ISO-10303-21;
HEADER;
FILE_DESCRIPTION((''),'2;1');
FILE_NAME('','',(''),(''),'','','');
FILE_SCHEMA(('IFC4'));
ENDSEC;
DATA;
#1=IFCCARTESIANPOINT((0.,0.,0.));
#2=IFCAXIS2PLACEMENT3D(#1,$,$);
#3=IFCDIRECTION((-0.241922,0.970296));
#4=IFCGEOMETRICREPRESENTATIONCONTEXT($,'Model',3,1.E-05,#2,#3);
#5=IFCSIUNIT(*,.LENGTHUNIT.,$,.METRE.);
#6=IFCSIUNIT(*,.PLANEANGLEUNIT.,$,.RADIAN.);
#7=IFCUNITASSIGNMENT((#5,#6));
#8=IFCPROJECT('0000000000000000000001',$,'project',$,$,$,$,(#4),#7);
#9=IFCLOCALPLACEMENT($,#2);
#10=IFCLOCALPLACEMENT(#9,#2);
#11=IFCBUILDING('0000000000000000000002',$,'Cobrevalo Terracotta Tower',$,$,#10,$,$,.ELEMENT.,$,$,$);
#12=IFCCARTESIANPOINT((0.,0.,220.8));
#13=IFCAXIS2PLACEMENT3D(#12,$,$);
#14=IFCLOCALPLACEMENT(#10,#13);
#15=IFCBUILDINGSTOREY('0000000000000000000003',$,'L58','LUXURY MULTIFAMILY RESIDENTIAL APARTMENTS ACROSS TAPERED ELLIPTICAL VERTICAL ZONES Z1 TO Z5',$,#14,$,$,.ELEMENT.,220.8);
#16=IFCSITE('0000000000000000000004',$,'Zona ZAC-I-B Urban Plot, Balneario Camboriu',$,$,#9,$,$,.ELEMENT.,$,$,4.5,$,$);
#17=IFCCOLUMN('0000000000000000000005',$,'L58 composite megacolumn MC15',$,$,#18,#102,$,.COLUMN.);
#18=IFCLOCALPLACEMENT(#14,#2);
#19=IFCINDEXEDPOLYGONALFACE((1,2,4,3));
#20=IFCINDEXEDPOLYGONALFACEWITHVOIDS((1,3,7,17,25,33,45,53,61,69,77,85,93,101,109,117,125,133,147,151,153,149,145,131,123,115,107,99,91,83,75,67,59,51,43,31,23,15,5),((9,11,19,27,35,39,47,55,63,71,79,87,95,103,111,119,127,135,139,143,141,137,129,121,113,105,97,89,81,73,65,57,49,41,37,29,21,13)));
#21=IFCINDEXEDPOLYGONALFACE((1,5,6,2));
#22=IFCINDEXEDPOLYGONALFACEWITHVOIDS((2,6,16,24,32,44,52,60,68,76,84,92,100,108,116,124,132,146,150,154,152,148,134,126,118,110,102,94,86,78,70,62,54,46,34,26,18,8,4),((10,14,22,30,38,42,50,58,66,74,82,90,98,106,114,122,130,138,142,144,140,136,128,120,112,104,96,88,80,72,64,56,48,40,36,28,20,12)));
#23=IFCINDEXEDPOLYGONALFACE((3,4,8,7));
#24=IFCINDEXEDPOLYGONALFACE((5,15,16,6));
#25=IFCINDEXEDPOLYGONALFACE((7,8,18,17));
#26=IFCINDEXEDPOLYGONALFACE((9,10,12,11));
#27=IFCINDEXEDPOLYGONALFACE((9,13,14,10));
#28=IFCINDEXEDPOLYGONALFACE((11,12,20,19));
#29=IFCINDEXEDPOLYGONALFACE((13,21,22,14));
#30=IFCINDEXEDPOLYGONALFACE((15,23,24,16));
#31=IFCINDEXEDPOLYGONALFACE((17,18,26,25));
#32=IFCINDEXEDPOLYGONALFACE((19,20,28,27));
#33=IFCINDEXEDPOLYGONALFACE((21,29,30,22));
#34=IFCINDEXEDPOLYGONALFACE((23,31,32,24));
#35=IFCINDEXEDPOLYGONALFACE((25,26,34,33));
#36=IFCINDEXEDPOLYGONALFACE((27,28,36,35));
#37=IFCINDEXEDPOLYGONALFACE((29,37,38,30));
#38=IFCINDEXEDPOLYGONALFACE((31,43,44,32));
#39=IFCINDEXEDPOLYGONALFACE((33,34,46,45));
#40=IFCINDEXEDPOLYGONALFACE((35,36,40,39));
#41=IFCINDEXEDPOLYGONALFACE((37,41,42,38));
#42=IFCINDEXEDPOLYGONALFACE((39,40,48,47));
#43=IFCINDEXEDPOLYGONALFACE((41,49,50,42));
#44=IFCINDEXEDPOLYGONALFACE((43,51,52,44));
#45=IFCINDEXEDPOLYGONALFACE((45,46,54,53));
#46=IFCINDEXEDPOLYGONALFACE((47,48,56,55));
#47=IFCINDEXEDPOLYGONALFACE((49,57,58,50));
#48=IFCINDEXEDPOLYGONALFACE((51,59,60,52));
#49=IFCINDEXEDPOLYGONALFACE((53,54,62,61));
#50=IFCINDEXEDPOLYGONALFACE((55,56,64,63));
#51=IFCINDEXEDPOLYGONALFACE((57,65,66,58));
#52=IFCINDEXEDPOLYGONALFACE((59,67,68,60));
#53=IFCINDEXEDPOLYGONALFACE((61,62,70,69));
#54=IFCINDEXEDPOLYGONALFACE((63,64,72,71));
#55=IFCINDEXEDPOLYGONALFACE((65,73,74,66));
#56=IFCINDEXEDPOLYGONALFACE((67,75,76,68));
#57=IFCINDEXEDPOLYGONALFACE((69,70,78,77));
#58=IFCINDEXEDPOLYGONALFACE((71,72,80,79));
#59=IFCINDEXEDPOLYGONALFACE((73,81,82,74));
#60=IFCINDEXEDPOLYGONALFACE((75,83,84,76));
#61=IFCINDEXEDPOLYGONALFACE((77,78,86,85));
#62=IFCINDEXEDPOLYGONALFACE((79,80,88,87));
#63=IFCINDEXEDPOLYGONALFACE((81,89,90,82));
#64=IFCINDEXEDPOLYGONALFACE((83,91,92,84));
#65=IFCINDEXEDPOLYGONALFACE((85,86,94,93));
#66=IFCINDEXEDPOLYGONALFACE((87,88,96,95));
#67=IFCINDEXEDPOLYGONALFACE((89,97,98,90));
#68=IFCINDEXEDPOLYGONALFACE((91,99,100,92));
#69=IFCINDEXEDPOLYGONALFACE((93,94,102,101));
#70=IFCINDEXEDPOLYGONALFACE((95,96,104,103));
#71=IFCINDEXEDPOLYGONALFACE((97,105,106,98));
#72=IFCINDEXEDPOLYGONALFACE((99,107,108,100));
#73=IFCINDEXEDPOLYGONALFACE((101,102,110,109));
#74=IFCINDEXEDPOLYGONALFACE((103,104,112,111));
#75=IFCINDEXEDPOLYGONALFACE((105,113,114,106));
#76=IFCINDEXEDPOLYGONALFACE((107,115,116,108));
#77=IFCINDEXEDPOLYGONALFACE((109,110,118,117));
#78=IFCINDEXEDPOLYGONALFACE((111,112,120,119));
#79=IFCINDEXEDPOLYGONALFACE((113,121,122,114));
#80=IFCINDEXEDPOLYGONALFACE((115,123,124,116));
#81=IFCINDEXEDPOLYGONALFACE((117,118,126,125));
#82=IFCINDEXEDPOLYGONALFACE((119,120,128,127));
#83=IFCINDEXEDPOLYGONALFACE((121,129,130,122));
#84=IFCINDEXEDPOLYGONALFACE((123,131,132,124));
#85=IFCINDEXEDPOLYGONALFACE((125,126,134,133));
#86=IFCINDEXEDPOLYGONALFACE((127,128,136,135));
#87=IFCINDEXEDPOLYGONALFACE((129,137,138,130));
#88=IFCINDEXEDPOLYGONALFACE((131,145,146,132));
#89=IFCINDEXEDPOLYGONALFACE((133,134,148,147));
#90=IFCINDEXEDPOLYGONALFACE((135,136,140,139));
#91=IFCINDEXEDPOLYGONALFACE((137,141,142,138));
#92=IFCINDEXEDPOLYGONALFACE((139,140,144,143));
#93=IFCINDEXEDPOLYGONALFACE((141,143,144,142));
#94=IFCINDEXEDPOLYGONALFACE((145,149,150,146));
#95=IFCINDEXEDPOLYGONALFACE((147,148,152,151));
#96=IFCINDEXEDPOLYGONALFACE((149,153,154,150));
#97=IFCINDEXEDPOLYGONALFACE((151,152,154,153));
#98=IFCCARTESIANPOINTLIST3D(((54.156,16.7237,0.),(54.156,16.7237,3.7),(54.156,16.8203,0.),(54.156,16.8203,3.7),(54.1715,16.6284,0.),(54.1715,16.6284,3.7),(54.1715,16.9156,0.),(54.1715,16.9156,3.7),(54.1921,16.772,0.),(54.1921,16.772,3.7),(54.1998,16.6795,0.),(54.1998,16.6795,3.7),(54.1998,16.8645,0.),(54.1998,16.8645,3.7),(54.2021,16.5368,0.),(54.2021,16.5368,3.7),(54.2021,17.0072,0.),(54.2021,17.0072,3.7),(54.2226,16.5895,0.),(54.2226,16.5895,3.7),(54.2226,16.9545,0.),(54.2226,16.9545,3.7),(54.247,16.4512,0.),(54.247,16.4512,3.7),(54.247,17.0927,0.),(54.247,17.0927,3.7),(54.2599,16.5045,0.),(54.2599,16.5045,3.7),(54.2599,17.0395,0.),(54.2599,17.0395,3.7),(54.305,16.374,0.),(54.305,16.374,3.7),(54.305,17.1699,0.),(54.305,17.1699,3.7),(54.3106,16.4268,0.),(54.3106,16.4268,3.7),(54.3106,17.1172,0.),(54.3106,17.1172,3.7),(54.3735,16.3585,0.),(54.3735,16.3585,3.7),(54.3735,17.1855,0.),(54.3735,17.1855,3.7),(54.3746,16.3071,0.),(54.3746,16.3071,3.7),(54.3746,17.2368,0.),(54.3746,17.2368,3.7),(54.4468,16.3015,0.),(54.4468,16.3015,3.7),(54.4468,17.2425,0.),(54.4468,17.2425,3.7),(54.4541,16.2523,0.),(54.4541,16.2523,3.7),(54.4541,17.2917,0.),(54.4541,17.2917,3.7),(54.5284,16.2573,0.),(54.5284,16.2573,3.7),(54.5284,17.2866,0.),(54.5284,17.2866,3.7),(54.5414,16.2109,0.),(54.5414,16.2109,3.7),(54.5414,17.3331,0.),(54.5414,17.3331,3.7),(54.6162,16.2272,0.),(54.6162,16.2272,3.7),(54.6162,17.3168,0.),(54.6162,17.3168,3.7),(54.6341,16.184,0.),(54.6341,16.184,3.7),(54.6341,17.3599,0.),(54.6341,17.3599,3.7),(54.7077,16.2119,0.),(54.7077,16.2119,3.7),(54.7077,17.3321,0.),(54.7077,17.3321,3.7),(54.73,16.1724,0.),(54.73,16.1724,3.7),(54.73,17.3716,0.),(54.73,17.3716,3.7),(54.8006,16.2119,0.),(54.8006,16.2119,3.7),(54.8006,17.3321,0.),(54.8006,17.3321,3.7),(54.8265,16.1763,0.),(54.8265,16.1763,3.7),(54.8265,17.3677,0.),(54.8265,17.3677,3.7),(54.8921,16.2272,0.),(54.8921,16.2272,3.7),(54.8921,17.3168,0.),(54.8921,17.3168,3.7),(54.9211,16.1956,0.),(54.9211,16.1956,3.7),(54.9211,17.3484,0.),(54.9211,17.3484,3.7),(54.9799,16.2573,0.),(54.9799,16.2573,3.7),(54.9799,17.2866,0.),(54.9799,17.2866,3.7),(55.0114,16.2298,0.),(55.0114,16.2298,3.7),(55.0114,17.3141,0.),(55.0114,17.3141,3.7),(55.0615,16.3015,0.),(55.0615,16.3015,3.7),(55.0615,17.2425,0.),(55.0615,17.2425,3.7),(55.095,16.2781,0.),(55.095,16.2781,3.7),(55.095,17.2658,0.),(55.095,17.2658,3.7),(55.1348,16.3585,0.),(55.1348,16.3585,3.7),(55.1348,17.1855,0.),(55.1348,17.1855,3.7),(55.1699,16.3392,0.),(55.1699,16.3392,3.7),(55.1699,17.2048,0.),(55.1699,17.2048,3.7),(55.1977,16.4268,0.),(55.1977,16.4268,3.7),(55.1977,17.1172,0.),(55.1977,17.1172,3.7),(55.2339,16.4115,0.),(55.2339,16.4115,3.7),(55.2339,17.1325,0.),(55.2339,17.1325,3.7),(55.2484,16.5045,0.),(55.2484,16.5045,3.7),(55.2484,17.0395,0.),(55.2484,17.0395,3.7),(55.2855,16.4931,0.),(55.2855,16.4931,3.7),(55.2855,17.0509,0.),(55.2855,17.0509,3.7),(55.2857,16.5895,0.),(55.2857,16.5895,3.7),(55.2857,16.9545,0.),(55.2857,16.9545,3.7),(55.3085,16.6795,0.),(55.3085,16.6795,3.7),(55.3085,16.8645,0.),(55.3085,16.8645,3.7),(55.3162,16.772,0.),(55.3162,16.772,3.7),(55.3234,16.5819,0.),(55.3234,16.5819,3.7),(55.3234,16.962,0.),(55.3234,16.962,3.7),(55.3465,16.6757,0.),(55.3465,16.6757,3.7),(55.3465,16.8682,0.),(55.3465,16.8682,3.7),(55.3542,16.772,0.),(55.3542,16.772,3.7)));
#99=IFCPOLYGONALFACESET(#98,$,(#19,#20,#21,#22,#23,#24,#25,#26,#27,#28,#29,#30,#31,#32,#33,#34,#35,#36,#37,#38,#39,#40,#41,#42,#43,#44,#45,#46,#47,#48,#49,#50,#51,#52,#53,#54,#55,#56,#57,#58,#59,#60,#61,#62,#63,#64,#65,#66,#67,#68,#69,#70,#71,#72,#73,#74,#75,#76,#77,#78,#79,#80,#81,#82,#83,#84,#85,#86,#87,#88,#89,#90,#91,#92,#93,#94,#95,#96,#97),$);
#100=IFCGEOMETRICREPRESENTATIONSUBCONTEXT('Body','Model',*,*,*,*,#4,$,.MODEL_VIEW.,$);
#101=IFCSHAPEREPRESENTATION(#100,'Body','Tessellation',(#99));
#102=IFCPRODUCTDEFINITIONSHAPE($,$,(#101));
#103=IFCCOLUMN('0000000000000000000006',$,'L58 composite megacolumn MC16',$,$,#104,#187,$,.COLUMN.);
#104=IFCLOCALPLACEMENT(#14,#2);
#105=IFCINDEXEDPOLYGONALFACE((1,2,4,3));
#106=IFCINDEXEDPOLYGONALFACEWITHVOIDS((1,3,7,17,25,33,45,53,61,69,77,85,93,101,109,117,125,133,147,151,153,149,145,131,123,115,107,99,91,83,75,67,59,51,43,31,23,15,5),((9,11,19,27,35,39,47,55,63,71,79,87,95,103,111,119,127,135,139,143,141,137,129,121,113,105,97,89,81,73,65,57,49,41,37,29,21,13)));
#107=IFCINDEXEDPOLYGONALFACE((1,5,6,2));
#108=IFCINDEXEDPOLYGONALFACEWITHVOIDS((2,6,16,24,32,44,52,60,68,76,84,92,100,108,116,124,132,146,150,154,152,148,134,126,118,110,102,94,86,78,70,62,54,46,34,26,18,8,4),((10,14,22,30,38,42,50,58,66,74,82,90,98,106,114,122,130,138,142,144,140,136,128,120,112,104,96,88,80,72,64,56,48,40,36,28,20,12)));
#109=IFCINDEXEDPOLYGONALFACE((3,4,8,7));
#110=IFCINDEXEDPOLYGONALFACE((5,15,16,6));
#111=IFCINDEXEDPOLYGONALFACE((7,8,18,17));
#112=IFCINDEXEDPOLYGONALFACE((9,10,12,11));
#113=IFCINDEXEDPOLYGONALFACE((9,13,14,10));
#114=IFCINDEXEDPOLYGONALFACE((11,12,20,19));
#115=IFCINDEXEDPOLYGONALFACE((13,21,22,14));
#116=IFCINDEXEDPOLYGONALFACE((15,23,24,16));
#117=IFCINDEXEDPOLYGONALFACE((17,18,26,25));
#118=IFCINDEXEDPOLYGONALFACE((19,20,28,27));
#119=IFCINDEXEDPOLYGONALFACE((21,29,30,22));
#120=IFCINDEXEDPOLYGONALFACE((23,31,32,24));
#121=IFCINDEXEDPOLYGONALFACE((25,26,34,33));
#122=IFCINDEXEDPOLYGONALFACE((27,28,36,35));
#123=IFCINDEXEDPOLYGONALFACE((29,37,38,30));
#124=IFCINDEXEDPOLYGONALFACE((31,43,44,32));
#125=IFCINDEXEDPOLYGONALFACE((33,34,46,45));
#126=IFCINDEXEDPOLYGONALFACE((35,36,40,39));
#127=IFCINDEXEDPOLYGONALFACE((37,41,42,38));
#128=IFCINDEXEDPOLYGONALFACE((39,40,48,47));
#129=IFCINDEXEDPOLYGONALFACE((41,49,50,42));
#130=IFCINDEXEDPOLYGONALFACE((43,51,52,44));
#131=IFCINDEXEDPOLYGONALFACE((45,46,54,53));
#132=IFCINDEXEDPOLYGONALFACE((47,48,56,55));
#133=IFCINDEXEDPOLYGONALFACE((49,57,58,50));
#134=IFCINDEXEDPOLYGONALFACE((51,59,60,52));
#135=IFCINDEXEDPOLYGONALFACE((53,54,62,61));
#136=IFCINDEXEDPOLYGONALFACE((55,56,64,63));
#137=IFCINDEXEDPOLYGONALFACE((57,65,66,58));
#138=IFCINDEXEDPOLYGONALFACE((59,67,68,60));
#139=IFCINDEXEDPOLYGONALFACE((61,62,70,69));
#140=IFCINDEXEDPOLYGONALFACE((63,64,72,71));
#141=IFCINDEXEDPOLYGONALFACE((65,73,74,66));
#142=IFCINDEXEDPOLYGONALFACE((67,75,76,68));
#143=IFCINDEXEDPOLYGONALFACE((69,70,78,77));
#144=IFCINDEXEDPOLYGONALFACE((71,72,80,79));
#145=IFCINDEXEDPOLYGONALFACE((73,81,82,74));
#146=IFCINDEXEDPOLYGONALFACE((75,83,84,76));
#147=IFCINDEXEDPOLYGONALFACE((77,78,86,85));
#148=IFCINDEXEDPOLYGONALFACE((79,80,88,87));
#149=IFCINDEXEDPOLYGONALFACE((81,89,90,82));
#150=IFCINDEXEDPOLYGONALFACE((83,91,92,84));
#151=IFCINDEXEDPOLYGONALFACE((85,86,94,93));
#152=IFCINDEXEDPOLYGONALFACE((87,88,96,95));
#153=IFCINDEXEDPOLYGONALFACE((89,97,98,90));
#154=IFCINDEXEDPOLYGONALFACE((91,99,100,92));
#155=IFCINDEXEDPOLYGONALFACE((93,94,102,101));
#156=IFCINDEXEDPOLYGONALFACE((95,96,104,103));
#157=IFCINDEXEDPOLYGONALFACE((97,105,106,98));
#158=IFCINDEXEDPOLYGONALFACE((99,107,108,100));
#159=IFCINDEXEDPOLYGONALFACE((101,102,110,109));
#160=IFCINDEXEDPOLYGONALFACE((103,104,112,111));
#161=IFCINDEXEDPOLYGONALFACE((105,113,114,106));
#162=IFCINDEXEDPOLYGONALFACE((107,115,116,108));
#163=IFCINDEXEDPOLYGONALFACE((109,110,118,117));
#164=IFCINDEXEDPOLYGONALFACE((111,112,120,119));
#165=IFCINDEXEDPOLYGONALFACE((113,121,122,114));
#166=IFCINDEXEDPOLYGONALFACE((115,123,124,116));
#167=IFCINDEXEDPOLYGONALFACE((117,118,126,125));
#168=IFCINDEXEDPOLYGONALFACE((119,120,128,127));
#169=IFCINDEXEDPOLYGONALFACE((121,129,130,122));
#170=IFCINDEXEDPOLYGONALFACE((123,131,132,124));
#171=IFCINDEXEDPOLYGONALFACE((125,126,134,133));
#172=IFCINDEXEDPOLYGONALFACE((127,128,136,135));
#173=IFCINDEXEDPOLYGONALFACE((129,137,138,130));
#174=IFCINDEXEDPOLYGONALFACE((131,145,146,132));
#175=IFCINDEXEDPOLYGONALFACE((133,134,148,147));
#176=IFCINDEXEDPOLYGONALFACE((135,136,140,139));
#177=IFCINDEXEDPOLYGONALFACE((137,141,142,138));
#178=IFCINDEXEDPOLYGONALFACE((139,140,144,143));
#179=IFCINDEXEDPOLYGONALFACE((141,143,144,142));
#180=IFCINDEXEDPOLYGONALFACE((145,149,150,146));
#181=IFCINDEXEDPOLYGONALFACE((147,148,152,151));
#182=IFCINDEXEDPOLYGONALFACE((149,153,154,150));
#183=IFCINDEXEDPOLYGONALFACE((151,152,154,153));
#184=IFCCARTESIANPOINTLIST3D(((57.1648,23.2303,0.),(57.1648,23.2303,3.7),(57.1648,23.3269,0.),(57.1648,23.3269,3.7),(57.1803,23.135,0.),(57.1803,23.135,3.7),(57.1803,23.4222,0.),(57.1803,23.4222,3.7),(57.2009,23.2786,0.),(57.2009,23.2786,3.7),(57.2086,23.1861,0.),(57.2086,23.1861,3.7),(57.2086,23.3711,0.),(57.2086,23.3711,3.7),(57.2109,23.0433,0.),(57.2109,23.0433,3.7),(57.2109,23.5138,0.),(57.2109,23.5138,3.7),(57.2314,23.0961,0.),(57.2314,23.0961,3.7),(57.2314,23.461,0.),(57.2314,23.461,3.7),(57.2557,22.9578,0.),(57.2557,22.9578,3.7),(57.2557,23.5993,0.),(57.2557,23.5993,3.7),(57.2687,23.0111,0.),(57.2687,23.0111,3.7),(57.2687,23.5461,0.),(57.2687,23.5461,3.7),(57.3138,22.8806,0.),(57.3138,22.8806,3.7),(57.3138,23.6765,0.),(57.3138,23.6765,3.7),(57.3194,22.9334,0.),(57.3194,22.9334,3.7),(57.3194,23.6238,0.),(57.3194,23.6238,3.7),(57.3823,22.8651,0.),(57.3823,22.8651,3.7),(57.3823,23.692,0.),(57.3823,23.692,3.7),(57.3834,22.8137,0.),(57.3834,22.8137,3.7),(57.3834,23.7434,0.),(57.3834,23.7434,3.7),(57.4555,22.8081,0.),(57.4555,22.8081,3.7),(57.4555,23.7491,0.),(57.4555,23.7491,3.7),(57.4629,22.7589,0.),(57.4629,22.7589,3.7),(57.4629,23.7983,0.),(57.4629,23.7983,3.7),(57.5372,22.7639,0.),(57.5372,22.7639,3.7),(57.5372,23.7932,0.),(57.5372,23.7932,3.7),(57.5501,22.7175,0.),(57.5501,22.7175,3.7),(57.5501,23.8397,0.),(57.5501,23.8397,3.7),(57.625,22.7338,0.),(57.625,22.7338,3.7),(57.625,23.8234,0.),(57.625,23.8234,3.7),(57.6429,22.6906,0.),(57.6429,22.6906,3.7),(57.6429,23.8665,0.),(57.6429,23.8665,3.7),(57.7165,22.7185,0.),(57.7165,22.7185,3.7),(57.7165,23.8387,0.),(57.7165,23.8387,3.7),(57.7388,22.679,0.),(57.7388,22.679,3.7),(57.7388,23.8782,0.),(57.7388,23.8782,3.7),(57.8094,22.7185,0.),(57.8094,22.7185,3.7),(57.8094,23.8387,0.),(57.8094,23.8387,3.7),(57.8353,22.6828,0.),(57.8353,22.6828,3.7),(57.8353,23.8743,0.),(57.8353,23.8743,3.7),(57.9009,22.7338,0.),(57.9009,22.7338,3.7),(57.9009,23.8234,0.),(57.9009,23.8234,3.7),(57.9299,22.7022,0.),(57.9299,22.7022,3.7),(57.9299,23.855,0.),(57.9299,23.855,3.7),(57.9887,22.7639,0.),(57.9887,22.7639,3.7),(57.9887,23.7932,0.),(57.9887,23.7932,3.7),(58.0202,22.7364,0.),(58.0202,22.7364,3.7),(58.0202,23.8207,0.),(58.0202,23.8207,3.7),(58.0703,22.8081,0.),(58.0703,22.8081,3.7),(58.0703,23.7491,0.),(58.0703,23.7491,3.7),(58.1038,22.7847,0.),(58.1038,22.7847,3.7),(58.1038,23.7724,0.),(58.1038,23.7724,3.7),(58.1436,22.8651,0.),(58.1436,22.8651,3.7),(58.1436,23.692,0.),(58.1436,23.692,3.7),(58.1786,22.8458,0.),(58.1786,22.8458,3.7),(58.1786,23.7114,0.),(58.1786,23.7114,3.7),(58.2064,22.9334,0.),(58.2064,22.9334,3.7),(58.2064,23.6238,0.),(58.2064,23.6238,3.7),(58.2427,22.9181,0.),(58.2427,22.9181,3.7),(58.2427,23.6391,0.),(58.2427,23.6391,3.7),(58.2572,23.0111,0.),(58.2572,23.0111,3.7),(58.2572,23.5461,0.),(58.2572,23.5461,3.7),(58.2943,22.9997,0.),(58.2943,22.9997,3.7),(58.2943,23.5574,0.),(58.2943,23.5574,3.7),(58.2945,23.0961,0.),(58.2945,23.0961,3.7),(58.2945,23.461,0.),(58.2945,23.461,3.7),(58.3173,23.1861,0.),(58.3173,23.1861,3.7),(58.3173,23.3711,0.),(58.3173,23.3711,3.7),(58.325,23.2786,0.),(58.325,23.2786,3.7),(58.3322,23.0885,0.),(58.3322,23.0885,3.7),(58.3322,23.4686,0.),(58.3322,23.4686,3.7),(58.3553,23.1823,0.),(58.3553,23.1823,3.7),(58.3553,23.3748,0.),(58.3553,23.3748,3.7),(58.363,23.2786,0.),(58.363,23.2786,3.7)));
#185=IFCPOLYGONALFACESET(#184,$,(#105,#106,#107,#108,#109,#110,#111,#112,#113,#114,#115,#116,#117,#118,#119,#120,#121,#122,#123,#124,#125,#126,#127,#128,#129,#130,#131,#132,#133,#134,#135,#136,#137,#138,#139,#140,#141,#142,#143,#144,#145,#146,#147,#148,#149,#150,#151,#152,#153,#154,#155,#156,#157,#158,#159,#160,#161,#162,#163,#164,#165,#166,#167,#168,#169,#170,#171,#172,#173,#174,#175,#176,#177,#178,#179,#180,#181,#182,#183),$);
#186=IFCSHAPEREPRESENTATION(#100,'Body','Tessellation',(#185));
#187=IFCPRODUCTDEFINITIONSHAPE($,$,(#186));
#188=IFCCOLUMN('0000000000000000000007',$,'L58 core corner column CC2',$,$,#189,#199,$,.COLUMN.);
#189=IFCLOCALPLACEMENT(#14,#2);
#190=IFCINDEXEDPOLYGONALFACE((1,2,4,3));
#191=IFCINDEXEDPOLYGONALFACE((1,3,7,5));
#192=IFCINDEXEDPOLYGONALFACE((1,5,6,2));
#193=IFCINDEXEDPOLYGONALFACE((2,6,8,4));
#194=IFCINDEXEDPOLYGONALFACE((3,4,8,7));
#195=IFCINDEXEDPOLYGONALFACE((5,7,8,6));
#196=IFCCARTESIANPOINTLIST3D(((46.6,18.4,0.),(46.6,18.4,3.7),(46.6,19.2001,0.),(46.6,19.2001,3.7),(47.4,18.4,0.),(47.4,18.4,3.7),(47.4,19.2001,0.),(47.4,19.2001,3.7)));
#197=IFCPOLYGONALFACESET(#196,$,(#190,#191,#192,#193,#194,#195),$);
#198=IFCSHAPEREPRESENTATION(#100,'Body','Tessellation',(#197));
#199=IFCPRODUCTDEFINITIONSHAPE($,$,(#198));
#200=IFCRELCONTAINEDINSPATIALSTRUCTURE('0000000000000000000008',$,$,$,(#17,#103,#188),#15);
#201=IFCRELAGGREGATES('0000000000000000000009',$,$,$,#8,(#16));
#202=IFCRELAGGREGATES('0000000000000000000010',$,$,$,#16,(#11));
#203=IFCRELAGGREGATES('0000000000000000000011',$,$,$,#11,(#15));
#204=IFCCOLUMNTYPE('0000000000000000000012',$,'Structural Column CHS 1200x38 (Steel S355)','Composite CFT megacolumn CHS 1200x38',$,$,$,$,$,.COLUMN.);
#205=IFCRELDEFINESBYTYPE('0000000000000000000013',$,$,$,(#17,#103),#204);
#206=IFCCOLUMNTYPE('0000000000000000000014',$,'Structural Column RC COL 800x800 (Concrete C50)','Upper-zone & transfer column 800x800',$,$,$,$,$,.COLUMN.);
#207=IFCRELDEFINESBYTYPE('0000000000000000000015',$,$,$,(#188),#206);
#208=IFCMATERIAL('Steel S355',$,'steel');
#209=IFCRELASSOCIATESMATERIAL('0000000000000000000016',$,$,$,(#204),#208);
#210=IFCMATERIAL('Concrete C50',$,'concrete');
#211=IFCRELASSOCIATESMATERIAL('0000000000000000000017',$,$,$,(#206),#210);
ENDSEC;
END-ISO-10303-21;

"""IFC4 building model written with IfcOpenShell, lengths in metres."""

from ifc_helpers import new_model, si_unit, direction, frame, origin, origin_2d, place, context, subcontext, project, spatial, rectangle, hollow_circle, extrude, material, material_profile, profile_set, type_object, element, save


model = new_model("IFC4")

# Units and contexts
model_context = context("Model", 3, precision=1e-05, world=origin(), true_north=direction((-0.241922, 0.970296)))
body_context = subcontext(model_context, "Body", "Model", "MODEL_VIEW")
ifc_project = project(units=[si_unit("LENGTHUNIT", "METRE"), si_unit("PLANEANGLEUNIT", "RADIAN")], contexts=[model_context])

# Site, building, storey
site_placement = place(None, origin())
site = spatial("IfcSite", under=ifc_project, at=site_placement, Name="Zona ZAC-I-B Urban Plot, Balneario Camboriu", CompositionType="ELEMENT", RefElevation=4.5)
building_placement = place(site_placement, origin())
building = spatial("IfcBuilding", under=site, at=building_placement, Name="Cobrevalo Terracotta Tower", CompositionType="ELEMENT")
storey_placement = place(building_placement, frame((0.0, 0.0, 220.8)))
storey = spatial("IfcBuildingStorey", under=building, at=storey_placement, Name="L58", Description="LUXURY MULTIFAMILY RESIDENTIAL APARTMENTS ACROSS TAPERED ELLIPTICAL VERTICAL ZONES Z1 TO Z5", CompositionType="ELEMENT", Elevation=220.8)

# Columns
ifc_material_1 = material(Name="Steel S355", Category="steel")
ifc_material_profile_1 = material_profile(ifc_material_1, hollow_circle(Radius=0.6001, WallThickness=0.0381, at=origin_2d()), Name="CHS 1200x38")
ifc_profile_set_1 = profile_set([ifc_material_profile_1], Name="Steel S355")
column_type_1 = type_object("IfcColumnType", Name="Structural Column CHS 1200x38 (Steel S355)", Description="Composite CFT megacolumn CHS 1200x38", PredefinedType="COLUMN", material=ifc_profile_set_1)
for number, where, z_axis, x_axis, name in (
    (1, (54.7542, 16.772, 0.0), (0.0, 0.0, 1.0), (1.0, 0.0, 0.0), "L58 composite megacolumn MC15"),
    (2, (57.7629, 23.2786, 0.0), (0.0, 0.0, 1.0), (1.0, 0.0, 0.0), "L58 composite megacolumn MC16"),
):
    element("IfcColumn", number, at=place(storey_placement, frame(where, z_axis=z_axis, x_axis=x_axis)), inside=storey, type_object=column_type_1, Name=name, PredefinedType="COLUMN", context=body_context, shape_type="SweptSolid", body=[
        extrude(hollow_circle(Radius=0.6001, WallThickness=0.0381, at=origin_2d()), origin(), (0.0, 0.0, 1.0), 3.7),
    ])
ifc_material_2 = material(Name="Concrete C50", Category="concrete")
ifc_material_profile_2 = material_profile(ifc_material_2, rectangle(XDim=0.8, YDim=0.8, at=origin_2d()), Name="RC COL 800x800")
ifc_profile_set_2 = profile_set([ifc_material_profile_2], Name="Concrete C50")
column_type_2 = type_object("IfcColumnType", Name="Structural Column RC COL 800x800 (Concrete C50)", Description="Upper-zone & transfer column 800x800", PredefinedType="COLUMN", material=ifc_profile_set_2)
column_placement = place(storey_placement, frame((47.0, 18.8, 0.0), z_axis=(0.0, 0.0, 1.0), x_axis=(1.0, 0.0, 0.0)))
element("IfcColumn", 3, at=column_placement, inside=storey, type_object=column_type_2, Name="L58 core corner column CC2", PredefinedType="COLUMN", context=body_context, shape_type="SweptSolid", body=[
    extrude(rectangle(XDim=0.8, YDim=0.8, at=origin_2d()), origin(), (0.0, 0.0, 1.0), 3.7),
])

save(model, "model.ifc")
